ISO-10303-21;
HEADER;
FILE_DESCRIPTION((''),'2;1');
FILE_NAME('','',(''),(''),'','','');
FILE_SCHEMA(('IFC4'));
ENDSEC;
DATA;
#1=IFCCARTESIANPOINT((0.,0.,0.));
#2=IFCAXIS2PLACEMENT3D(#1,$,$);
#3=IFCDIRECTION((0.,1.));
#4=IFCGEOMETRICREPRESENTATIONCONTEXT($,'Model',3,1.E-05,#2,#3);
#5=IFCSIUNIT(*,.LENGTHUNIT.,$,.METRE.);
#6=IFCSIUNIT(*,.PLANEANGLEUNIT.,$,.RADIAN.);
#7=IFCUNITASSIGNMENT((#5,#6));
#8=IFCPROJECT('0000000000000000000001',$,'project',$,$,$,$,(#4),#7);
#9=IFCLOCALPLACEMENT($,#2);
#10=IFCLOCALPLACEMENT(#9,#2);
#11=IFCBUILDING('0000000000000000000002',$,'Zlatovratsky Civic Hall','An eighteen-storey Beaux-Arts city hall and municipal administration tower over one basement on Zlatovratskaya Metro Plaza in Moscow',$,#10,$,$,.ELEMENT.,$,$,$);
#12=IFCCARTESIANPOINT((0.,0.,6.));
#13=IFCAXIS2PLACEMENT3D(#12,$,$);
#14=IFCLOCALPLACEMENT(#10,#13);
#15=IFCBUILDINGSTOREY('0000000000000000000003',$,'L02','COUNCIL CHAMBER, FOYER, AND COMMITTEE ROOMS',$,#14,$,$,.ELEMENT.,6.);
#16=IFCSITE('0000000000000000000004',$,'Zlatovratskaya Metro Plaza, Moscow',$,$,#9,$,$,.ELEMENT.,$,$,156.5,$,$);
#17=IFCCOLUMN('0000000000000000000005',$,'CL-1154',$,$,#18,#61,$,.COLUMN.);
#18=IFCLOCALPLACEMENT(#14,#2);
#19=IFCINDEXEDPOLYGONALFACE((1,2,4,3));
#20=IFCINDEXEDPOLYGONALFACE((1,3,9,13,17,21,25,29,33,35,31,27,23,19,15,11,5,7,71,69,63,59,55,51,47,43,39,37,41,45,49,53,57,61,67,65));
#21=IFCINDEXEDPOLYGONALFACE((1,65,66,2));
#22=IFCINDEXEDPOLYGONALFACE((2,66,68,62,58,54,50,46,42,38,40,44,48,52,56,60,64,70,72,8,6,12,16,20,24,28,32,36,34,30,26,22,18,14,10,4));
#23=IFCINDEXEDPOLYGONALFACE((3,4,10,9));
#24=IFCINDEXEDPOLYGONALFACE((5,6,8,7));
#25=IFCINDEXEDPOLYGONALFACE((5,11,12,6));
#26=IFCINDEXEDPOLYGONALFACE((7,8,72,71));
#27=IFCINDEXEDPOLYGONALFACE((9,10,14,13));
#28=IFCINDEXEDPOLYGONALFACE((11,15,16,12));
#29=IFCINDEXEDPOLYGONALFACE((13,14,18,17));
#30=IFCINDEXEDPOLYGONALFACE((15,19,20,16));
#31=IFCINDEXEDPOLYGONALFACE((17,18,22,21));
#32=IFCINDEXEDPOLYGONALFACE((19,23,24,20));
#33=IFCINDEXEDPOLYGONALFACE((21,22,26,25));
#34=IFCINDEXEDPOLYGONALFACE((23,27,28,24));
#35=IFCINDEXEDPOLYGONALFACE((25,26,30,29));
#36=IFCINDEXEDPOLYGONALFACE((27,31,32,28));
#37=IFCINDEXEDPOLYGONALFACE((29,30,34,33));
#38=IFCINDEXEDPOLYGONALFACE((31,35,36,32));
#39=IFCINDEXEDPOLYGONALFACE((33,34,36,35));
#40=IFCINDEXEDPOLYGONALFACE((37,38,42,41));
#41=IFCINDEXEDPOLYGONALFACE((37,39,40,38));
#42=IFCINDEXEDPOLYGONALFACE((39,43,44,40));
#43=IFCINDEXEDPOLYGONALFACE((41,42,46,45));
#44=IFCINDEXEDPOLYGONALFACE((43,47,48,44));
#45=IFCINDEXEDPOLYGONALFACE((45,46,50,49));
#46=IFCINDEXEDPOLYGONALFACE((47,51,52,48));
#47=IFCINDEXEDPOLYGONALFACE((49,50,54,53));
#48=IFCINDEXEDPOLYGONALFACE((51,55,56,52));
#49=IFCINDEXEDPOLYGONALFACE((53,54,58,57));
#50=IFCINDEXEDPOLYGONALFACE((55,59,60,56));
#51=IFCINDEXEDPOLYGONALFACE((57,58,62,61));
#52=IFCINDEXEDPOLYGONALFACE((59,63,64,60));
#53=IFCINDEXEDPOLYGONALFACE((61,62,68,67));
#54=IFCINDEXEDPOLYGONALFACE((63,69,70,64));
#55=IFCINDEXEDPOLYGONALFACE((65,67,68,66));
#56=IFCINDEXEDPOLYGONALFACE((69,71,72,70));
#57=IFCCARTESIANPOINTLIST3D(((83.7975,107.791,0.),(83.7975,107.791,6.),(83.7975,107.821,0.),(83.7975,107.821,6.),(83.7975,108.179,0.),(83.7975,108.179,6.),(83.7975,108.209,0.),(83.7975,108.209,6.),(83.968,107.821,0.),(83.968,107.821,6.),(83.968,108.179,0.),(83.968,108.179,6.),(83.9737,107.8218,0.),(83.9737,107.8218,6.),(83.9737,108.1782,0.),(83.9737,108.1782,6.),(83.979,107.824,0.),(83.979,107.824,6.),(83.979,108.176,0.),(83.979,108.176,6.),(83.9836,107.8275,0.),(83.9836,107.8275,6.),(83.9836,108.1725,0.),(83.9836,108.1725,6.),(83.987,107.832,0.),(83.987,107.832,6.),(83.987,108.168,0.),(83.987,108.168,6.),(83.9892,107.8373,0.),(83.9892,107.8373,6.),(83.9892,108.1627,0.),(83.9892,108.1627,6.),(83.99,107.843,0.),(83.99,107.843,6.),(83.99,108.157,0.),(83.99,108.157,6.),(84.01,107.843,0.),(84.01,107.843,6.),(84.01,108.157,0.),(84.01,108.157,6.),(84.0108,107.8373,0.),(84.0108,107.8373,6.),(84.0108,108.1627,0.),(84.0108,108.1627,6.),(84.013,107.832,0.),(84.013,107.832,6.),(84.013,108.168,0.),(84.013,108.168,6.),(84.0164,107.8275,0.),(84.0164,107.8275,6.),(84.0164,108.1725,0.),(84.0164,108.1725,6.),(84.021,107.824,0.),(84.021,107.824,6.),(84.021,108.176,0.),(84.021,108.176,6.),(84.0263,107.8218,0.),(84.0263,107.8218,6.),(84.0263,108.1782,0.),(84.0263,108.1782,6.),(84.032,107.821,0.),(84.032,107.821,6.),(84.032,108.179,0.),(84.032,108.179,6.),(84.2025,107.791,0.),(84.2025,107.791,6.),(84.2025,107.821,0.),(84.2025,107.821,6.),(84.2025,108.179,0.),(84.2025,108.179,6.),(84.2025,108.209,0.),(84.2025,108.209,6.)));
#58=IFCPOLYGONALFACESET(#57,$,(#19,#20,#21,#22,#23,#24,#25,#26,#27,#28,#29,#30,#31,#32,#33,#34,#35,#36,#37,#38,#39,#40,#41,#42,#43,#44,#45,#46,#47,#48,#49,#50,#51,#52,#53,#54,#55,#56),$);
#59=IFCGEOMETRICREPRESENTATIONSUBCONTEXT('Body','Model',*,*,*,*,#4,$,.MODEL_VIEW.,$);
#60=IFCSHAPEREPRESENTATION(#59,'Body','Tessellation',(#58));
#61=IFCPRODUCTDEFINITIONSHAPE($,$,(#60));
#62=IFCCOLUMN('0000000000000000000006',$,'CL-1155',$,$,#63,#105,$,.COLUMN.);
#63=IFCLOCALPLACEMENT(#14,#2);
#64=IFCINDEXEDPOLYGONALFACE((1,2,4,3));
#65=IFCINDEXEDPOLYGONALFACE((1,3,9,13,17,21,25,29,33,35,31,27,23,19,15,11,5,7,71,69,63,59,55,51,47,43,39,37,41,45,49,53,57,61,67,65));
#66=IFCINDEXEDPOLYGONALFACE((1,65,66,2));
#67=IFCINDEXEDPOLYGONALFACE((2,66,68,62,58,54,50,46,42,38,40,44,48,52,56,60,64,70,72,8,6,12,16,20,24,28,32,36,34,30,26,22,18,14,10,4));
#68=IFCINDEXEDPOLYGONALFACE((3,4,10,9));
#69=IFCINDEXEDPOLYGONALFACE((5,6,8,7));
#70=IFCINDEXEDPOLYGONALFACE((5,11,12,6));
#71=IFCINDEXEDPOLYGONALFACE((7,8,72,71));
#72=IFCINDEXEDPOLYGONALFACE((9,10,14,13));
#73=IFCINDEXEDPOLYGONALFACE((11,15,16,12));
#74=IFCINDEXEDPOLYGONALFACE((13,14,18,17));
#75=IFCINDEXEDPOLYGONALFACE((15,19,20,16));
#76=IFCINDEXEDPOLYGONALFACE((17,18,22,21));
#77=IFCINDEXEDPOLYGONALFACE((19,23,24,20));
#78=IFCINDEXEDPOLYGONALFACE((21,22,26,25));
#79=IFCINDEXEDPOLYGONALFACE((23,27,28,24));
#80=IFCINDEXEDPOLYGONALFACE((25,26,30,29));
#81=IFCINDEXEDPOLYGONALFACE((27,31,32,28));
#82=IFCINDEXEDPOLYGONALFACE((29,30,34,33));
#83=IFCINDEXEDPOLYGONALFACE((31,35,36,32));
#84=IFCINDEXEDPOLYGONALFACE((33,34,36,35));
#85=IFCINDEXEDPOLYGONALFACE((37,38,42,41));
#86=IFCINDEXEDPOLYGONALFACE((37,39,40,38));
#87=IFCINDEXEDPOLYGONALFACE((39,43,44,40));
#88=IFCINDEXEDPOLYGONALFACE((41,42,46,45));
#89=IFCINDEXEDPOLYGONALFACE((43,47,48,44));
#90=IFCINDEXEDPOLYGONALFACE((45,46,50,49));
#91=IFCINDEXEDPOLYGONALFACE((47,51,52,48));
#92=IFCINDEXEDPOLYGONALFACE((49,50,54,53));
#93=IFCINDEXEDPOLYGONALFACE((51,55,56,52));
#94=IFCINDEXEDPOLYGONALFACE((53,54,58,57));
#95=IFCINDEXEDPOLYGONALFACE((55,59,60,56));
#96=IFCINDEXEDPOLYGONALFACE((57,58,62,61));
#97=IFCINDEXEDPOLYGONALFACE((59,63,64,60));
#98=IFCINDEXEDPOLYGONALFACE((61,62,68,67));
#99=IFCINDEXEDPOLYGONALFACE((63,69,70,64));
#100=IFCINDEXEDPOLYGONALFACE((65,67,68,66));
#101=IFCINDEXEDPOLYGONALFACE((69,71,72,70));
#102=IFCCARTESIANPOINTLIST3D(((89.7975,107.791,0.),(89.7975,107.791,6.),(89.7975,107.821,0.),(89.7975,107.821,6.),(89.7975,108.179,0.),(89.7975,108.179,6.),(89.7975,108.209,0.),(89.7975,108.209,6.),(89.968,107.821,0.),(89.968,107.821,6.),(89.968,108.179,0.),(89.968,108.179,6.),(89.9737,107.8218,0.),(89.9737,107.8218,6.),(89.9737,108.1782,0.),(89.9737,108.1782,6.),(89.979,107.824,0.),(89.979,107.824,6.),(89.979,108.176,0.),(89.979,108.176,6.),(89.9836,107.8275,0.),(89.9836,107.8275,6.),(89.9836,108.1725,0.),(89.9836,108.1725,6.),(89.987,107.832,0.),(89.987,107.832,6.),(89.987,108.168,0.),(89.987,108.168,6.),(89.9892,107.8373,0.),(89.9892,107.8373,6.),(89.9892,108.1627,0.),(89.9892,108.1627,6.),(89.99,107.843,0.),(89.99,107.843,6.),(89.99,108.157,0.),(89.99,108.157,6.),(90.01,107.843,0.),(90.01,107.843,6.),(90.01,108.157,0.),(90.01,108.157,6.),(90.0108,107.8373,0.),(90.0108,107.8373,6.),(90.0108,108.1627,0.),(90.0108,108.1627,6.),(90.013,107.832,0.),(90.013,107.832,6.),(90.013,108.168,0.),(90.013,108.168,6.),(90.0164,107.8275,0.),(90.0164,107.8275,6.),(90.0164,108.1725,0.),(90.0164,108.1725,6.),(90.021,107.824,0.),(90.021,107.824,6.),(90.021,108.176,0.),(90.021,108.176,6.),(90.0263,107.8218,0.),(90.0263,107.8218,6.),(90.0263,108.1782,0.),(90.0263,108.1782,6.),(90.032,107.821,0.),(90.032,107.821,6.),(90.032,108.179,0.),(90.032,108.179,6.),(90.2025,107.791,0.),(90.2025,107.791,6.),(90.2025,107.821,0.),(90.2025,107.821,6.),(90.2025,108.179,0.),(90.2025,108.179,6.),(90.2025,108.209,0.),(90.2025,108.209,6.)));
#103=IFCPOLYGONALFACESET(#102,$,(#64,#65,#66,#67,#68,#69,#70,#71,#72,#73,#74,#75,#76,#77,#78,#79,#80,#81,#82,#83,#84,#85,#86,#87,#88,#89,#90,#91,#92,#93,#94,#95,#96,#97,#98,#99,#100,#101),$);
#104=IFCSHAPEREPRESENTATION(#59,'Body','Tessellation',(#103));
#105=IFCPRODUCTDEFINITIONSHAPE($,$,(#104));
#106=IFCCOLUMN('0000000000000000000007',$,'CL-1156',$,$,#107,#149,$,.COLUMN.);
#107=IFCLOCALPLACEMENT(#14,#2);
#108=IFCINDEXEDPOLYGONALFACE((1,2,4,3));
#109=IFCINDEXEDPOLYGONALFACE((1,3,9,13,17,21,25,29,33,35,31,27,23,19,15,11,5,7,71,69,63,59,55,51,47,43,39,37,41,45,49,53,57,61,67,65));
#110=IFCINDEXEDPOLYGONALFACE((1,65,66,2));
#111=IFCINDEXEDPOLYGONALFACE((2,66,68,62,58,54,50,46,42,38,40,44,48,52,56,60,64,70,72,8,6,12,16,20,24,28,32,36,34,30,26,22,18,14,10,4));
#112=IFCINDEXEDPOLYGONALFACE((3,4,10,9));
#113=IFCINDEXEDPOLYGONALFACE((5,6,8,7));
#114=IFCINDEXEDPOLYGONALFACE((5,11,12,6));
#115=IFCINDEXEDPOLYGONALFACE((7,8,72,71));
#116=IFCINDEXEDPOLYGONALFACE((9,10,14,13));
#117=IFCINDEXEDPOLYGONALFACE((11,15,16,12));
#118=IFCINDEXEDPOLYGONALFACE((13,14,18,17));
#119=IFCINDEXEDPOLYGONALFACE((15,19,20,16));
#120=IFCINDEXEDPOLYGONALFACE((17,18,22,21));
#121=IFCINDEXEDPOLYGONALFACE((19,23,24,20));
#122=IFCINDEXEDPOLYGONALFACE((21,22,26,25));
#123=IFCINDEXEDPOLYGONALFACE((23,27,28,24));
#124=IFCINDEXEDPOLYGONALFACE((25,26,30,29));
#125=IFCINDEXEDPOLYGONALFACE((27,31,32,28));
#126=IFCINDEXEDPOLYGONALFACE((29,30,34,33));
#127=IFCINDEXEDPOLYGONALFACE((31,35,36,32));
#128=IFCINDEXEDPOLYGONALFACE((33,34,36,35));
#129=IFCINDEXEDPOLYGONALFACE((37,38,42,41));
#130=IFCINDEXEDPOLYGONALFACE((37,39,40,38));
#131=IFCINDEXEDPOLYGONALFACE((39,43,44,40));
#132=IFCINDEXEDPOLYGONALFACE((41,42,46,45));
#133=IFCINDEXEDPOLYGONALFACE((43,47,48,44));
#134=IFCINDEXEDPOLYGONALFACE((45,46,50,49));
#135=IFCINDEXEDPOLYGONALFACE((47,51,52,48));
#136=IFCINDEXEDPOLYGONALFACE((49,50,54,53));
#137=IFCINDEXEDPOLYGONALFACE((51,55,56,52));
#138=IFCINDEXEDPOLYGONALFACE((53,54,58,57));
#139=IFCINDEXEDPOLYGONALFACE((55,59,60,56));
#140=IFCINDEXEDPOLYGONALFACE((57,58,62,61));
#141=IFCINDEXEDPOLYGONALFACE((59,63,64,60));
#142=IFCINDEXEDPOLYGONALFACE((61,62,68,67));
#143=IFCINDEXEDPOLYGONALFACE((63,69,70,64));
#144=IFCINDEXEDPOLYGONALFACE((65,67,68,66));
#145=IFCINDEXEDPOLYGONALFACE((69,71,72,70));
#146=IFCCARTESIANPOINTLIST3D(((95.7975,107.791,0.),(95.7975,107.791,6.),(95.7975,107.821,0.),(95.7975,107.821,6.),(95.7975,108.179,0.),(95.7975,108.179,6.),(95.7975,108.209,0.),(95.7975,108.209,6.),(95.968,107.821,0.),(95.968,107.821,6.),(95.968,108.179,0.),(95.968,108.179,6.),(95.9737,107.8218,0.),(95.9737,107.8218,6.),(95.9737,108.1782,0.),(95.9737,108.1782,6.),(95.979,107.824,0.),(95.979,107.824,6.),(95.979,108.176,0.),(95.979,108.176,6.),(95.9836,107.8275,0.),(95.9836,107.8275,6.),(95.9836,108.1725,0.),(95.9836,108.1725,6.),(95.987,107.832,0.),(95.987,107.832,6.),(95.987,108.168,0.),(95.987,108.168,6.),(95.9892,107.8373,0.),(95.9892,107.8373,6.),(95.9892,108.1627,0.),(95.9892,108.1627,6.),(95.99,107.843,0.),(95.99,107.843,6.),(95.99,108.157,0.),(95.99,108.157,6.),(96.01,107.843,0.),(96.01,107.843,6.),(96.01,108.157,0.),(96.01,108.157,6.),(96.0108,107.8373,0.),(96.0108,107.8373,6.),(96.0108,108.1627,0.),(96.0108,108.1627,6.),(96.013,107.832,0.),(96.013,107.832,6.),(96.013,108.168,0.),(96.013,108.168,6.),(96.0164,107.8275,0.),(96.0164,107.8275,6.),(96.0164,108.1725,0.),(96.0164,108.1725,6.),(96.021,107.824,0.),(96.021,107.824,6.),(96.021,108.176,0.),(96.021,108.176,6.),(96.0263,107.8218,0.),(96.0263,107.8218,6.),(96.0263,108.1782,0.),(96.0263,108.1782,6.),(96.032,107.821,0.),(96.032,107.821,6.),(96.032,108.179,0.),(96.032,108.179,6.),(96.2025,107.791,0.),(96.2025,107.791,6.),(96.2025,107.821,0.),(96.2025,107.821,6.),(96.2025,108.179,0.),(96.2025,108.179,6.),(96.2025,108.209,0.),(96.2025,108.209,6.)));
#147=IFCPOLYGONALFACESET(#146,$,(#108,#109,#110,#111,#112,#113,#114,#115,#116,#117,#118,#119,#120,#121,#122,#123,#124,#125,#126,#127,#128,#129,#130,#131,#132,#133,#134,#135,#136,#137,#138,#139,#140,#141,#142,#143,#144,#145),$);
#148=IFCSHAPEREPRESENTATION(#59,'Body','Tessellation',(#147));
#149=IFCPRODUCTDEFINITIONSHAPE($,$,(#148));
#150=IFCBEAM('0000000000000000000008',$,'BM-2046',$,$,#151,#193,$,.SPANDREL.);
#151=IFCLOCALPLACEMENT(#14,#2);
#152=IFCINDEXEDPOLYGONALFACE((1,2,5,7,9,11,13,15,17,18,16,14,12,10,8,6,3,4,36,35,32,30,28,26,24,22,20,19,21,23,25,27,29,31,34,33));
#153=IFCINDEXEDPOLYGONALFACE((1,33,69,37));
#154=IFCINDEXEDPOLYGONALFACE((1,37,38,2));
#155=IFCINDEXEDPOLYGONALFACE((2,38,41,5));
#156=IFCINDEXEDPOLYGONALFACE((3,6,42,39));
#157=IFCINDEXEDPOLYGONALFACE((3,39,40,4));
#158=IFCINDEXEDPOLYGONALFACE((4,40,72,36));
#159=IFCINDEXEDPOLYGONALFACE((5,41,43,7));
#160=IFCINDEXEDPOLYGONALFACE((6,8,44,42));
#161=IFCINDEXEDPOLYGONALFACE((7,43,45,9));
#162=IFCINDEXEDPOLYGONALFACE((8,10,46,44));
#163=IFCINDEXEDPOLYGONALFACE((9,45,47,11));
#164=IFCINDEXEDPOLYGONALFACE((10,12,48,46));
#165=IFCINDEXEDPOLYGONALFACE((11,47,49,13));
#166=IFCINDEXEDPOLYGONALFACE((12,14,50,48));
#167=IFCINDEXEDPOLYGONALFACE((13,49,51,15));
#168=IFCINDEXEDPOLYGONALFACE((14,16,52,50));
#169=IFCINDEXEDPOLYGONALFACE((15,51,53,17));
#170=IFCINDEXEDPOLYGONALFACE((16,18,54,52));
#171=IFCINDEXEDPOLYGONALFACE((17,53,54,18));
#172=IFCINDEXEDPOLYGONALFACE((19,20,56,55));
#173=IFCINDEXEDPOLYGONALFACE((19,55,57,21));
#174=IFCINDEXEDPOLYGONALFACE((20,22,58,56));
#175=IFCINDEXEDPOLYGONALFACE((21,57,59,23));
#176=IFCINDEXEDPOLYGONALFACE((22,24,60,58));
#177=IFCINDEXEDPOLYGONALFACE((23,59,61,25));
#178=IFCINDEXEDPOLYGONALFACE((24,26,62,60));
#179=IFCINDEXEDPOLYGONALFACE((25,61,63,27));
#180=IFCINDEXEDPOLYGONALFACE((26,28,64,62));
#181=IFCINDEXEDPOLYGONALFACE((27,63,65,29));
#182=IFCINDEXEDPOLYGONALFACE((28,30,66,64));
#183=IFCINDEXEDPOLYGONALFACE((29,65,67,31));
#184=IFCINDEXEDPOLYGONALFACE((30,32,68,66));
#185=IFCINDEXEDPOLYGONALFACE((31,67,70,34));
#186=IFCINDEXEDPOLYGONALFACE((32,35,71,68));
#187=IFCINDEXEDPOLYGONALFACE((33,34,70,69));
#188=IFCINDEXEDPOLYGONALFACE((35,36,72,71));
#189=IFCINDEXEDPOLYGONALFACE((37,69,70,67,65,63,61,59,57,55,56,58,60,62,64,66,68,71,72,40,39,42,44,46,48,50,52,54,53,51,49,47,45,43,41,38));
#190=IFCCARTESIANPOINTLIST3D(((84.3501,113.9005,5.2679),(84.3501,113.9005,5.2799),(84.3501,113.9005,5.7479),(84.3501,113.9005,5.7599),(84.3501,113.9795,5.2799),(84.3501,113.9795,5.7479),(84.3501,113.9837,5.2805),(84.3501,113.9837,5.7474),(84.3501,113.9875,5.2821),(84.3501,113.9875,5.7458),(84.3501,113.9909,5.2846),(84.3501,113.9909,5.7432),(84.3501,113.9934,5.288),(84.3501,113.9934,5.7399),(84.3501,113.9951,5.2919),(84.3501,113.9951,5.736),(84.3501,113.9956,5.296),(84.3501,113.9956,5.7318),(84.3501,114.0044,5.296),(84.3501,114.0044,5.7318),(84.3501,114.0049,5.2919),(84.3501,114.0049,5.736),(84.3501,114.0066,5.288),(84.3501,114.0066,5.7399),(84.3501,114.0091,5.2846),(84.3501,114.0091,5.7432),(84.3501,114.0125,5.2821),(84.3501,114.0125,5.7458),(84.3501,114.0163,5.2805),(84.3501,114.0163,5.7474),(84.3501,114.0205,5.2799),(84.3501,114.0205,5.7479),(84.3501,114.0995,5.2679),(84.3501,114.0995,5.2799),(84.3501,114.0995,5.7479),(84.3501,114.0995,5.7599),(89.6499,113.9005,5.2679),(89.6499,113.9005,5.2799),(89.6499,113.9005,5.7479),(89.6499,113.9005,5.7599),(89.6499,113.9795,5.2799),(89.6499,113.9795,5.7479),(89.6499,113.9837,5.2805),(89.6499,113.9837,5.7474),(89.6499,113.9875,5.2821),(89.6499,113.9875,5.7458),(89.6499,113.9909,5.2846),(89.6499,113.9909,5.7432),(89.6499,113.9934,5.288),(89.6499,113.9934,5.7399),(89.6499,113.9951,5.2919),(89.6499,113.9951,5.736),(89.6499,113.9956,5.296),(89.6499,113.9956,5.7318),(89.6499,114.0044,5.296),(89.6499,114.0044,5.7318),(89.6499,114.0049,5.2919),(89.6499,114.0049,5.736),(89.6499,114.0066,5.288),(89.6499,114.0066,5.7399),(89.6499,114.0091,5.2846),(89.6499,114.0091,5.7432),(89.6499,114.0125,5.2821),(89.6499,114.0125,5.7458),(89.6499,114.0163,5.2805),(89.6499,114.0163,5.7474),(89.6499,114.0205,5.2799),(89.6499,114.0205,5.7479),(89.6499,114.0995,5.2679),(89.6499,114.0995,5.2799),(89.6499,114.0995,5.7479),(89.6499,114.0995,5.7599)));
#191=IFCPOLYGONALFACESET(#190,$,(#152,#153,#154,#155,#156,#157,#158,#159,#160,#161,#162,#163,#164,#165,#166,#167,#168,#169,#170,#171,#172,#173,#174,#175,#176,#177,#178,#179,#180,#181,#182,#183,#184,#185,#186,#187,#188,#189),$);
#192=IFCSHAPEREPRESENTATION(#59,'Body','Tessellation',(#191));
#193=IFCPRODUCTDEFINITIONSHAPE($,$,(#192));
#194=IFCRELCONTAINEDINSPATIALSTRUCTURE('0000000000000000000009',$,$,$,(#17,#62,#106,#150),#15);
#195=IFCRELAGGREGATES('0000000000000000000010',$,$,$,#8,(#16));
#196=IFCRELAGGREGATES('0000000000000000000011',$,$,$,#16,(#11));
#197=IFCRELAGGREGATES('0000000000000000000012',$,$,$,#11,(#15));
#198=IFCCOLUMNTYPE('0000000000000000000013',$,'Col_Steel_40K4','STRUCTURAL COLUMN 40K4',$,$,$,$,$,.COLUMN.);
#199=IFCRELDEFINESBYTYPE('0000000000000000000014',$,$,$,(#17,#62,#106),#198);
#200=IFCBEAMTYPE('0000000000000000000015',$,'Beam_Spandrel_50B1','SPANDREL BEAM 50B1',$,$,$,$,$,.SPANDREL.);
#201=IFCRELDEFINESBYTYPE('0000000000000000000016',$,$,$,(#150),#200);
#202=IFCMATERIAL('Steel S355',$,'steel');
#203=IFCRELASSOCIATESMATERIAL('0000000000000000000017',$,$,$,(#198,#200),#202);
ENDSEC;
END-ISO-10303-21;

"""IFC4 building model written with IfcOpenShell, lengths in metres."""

from ifc_helpers import new_model, si_unit, direction, frame, origin, origin_2d, place, context, subcontext, project, spatial, i_section, extrude, material, material_profile, profile_set, type_object, element, save


model = new_model("IFC4")

# Units and contexts
model_context = context("Model", 3, precision=1e-05, world=origin(), true_north=direction((0.0, 1.0)))
body_context = subcontext(model_context, "Body", "Model", "MODEL_VIEW")
ifc_project = project(units=[si_unit("LENGTHUNIT", "METRE"), si_unit("PLANEANGLEUNIT", "RADIAN")], contexts=[model_context])

# Site, building, storey
site_placement = place(None, origin())
site = spatial("IfcSite", under=ifc_project, at=site_placement, Name="Zlatovratskaya Metro Plaza, Moscow", CompositionType="ELEMENT", RefElevation=156.5)
building_placement = place(site_placement, origin())
building = spatial("IfcBuilding", under=site, at=building_placement, Name="Zlatovratsky Civic Hall", Description="An eighteen-storey Beaux-Arts city hall and municipal administration tower over one basement on Zlatovratskaya Metro Plaza in Moscow", CompositionType="ELEMENT")
storey_placement = place(building_placement, frame((0.0, 0.0, 6.0)))
storey = spatial("IfcBuildingStorey", under=building, at=storey_placement, Name="L02", Description="COUNCIL CHAMBER, FOYER, AND COMMITTEE ROOMS", CompositionType="ELEMENT", Elevation=6.0)

# Columns
ifc_material_1 = material(Name="Steel S355", Category="steel")
ifc_material_profile_1 = material_profile(ifc_material_1, i_section(OverallWidth=0.405, OverallDepth=0.418, WebThickness=0.02, FlangeThickness=0.03, FilletRadius=0.022, at=origin_2d()), Name="40K4")
ifc_profile_set_1 = profile_set([ifc_material_profile_1], Name="Steel S355")
column_type_1 = type_object("IfcColumnType", Name="Col_Steel_40K4", Description="STRUCTURAL COLUMN 40K4", PredefinedType="COLUMN", material=ifc_profile_set_1)
for number, where, z_axis, x_axis, name in (
    (1, (84.0, 108.0, 0.0), (0.0, 0.0, 1.0), (1.0, 0.0, 0.0), "CL-1154"),
    (2, (90.0, 108.0, 0.0), (0.0, 0.0, 1.0), (1.0, 0.0, 0.0), "CL-1155"),
    (3, (96.0, 108.0, 0.0), (0.0, 0.0, 1.0), (1.0, 0.0, 0.0), "CL-1156"),
):
    element("IfcColumn", number, at=place(storey_placement, frame(where, z_axis=z_axis, x_axis=x_axis)), inside=storey, type_object=column_type_1, Name=name, PredefinedType="COLUMN", context=body_context, shape_type="SweptSolid", body=[
        extrude(i_section(OverallWidth=0.405, OverallDepth=0.418, WebThickness=0.02, FlangeThickness=0.03, FilletRadius=0.022, at=origin_2d()), origin(), (0.0, 0.0, 1.0), 6.0),
    ])

# Beam
ifc_material_profile_2 = material_profile(ifc_material_1, i_section(OverallWidth=0.199, OverallDepth=0.4919, WebThickness=0.0088, FlangeThickness=0.012, FilletRadius=0.0161, at=origin_2d()), Name="50B1")
ifc_profile_set_2 = profile_set([ifc_material_profile_2], Name="Steel S355")
beam_type_1 = type_object("IfcBeamType", Name="Beam_Spandrel_50B1", Description="SPANDREL BEAM 50B1", PredefinedType="SPANDREL", material=ifc_profile_set_2)
for number, where, z_axis, x_axis, name in (
    (4, (84.3501, 114.0, 5.5139), (1.0, 0.0, 0.0), (0.0, 1.0, 0.0), "BM-2046"),
):
    element("IfcBeam", number, at=place(storey_placement, frame(where, z_axis=z_axis, x_axis=x_axis)), inside=storey, type_object=beam_type_1, Name=name, PredefinedType="SPANDREL", context=body_context, shape_type="SweptSolid", body=[
        extrude(i_section(OverallWidth=0.199, OverallDepth=0.4919, WebThickness=0.0088, FlangeThickness=0.012, FilletRadius=0.0161, at=origin_2d()), origin(), (0.0, 0.0, 1.0), 5.2998),
    ])

save(model, "model.ifc")
